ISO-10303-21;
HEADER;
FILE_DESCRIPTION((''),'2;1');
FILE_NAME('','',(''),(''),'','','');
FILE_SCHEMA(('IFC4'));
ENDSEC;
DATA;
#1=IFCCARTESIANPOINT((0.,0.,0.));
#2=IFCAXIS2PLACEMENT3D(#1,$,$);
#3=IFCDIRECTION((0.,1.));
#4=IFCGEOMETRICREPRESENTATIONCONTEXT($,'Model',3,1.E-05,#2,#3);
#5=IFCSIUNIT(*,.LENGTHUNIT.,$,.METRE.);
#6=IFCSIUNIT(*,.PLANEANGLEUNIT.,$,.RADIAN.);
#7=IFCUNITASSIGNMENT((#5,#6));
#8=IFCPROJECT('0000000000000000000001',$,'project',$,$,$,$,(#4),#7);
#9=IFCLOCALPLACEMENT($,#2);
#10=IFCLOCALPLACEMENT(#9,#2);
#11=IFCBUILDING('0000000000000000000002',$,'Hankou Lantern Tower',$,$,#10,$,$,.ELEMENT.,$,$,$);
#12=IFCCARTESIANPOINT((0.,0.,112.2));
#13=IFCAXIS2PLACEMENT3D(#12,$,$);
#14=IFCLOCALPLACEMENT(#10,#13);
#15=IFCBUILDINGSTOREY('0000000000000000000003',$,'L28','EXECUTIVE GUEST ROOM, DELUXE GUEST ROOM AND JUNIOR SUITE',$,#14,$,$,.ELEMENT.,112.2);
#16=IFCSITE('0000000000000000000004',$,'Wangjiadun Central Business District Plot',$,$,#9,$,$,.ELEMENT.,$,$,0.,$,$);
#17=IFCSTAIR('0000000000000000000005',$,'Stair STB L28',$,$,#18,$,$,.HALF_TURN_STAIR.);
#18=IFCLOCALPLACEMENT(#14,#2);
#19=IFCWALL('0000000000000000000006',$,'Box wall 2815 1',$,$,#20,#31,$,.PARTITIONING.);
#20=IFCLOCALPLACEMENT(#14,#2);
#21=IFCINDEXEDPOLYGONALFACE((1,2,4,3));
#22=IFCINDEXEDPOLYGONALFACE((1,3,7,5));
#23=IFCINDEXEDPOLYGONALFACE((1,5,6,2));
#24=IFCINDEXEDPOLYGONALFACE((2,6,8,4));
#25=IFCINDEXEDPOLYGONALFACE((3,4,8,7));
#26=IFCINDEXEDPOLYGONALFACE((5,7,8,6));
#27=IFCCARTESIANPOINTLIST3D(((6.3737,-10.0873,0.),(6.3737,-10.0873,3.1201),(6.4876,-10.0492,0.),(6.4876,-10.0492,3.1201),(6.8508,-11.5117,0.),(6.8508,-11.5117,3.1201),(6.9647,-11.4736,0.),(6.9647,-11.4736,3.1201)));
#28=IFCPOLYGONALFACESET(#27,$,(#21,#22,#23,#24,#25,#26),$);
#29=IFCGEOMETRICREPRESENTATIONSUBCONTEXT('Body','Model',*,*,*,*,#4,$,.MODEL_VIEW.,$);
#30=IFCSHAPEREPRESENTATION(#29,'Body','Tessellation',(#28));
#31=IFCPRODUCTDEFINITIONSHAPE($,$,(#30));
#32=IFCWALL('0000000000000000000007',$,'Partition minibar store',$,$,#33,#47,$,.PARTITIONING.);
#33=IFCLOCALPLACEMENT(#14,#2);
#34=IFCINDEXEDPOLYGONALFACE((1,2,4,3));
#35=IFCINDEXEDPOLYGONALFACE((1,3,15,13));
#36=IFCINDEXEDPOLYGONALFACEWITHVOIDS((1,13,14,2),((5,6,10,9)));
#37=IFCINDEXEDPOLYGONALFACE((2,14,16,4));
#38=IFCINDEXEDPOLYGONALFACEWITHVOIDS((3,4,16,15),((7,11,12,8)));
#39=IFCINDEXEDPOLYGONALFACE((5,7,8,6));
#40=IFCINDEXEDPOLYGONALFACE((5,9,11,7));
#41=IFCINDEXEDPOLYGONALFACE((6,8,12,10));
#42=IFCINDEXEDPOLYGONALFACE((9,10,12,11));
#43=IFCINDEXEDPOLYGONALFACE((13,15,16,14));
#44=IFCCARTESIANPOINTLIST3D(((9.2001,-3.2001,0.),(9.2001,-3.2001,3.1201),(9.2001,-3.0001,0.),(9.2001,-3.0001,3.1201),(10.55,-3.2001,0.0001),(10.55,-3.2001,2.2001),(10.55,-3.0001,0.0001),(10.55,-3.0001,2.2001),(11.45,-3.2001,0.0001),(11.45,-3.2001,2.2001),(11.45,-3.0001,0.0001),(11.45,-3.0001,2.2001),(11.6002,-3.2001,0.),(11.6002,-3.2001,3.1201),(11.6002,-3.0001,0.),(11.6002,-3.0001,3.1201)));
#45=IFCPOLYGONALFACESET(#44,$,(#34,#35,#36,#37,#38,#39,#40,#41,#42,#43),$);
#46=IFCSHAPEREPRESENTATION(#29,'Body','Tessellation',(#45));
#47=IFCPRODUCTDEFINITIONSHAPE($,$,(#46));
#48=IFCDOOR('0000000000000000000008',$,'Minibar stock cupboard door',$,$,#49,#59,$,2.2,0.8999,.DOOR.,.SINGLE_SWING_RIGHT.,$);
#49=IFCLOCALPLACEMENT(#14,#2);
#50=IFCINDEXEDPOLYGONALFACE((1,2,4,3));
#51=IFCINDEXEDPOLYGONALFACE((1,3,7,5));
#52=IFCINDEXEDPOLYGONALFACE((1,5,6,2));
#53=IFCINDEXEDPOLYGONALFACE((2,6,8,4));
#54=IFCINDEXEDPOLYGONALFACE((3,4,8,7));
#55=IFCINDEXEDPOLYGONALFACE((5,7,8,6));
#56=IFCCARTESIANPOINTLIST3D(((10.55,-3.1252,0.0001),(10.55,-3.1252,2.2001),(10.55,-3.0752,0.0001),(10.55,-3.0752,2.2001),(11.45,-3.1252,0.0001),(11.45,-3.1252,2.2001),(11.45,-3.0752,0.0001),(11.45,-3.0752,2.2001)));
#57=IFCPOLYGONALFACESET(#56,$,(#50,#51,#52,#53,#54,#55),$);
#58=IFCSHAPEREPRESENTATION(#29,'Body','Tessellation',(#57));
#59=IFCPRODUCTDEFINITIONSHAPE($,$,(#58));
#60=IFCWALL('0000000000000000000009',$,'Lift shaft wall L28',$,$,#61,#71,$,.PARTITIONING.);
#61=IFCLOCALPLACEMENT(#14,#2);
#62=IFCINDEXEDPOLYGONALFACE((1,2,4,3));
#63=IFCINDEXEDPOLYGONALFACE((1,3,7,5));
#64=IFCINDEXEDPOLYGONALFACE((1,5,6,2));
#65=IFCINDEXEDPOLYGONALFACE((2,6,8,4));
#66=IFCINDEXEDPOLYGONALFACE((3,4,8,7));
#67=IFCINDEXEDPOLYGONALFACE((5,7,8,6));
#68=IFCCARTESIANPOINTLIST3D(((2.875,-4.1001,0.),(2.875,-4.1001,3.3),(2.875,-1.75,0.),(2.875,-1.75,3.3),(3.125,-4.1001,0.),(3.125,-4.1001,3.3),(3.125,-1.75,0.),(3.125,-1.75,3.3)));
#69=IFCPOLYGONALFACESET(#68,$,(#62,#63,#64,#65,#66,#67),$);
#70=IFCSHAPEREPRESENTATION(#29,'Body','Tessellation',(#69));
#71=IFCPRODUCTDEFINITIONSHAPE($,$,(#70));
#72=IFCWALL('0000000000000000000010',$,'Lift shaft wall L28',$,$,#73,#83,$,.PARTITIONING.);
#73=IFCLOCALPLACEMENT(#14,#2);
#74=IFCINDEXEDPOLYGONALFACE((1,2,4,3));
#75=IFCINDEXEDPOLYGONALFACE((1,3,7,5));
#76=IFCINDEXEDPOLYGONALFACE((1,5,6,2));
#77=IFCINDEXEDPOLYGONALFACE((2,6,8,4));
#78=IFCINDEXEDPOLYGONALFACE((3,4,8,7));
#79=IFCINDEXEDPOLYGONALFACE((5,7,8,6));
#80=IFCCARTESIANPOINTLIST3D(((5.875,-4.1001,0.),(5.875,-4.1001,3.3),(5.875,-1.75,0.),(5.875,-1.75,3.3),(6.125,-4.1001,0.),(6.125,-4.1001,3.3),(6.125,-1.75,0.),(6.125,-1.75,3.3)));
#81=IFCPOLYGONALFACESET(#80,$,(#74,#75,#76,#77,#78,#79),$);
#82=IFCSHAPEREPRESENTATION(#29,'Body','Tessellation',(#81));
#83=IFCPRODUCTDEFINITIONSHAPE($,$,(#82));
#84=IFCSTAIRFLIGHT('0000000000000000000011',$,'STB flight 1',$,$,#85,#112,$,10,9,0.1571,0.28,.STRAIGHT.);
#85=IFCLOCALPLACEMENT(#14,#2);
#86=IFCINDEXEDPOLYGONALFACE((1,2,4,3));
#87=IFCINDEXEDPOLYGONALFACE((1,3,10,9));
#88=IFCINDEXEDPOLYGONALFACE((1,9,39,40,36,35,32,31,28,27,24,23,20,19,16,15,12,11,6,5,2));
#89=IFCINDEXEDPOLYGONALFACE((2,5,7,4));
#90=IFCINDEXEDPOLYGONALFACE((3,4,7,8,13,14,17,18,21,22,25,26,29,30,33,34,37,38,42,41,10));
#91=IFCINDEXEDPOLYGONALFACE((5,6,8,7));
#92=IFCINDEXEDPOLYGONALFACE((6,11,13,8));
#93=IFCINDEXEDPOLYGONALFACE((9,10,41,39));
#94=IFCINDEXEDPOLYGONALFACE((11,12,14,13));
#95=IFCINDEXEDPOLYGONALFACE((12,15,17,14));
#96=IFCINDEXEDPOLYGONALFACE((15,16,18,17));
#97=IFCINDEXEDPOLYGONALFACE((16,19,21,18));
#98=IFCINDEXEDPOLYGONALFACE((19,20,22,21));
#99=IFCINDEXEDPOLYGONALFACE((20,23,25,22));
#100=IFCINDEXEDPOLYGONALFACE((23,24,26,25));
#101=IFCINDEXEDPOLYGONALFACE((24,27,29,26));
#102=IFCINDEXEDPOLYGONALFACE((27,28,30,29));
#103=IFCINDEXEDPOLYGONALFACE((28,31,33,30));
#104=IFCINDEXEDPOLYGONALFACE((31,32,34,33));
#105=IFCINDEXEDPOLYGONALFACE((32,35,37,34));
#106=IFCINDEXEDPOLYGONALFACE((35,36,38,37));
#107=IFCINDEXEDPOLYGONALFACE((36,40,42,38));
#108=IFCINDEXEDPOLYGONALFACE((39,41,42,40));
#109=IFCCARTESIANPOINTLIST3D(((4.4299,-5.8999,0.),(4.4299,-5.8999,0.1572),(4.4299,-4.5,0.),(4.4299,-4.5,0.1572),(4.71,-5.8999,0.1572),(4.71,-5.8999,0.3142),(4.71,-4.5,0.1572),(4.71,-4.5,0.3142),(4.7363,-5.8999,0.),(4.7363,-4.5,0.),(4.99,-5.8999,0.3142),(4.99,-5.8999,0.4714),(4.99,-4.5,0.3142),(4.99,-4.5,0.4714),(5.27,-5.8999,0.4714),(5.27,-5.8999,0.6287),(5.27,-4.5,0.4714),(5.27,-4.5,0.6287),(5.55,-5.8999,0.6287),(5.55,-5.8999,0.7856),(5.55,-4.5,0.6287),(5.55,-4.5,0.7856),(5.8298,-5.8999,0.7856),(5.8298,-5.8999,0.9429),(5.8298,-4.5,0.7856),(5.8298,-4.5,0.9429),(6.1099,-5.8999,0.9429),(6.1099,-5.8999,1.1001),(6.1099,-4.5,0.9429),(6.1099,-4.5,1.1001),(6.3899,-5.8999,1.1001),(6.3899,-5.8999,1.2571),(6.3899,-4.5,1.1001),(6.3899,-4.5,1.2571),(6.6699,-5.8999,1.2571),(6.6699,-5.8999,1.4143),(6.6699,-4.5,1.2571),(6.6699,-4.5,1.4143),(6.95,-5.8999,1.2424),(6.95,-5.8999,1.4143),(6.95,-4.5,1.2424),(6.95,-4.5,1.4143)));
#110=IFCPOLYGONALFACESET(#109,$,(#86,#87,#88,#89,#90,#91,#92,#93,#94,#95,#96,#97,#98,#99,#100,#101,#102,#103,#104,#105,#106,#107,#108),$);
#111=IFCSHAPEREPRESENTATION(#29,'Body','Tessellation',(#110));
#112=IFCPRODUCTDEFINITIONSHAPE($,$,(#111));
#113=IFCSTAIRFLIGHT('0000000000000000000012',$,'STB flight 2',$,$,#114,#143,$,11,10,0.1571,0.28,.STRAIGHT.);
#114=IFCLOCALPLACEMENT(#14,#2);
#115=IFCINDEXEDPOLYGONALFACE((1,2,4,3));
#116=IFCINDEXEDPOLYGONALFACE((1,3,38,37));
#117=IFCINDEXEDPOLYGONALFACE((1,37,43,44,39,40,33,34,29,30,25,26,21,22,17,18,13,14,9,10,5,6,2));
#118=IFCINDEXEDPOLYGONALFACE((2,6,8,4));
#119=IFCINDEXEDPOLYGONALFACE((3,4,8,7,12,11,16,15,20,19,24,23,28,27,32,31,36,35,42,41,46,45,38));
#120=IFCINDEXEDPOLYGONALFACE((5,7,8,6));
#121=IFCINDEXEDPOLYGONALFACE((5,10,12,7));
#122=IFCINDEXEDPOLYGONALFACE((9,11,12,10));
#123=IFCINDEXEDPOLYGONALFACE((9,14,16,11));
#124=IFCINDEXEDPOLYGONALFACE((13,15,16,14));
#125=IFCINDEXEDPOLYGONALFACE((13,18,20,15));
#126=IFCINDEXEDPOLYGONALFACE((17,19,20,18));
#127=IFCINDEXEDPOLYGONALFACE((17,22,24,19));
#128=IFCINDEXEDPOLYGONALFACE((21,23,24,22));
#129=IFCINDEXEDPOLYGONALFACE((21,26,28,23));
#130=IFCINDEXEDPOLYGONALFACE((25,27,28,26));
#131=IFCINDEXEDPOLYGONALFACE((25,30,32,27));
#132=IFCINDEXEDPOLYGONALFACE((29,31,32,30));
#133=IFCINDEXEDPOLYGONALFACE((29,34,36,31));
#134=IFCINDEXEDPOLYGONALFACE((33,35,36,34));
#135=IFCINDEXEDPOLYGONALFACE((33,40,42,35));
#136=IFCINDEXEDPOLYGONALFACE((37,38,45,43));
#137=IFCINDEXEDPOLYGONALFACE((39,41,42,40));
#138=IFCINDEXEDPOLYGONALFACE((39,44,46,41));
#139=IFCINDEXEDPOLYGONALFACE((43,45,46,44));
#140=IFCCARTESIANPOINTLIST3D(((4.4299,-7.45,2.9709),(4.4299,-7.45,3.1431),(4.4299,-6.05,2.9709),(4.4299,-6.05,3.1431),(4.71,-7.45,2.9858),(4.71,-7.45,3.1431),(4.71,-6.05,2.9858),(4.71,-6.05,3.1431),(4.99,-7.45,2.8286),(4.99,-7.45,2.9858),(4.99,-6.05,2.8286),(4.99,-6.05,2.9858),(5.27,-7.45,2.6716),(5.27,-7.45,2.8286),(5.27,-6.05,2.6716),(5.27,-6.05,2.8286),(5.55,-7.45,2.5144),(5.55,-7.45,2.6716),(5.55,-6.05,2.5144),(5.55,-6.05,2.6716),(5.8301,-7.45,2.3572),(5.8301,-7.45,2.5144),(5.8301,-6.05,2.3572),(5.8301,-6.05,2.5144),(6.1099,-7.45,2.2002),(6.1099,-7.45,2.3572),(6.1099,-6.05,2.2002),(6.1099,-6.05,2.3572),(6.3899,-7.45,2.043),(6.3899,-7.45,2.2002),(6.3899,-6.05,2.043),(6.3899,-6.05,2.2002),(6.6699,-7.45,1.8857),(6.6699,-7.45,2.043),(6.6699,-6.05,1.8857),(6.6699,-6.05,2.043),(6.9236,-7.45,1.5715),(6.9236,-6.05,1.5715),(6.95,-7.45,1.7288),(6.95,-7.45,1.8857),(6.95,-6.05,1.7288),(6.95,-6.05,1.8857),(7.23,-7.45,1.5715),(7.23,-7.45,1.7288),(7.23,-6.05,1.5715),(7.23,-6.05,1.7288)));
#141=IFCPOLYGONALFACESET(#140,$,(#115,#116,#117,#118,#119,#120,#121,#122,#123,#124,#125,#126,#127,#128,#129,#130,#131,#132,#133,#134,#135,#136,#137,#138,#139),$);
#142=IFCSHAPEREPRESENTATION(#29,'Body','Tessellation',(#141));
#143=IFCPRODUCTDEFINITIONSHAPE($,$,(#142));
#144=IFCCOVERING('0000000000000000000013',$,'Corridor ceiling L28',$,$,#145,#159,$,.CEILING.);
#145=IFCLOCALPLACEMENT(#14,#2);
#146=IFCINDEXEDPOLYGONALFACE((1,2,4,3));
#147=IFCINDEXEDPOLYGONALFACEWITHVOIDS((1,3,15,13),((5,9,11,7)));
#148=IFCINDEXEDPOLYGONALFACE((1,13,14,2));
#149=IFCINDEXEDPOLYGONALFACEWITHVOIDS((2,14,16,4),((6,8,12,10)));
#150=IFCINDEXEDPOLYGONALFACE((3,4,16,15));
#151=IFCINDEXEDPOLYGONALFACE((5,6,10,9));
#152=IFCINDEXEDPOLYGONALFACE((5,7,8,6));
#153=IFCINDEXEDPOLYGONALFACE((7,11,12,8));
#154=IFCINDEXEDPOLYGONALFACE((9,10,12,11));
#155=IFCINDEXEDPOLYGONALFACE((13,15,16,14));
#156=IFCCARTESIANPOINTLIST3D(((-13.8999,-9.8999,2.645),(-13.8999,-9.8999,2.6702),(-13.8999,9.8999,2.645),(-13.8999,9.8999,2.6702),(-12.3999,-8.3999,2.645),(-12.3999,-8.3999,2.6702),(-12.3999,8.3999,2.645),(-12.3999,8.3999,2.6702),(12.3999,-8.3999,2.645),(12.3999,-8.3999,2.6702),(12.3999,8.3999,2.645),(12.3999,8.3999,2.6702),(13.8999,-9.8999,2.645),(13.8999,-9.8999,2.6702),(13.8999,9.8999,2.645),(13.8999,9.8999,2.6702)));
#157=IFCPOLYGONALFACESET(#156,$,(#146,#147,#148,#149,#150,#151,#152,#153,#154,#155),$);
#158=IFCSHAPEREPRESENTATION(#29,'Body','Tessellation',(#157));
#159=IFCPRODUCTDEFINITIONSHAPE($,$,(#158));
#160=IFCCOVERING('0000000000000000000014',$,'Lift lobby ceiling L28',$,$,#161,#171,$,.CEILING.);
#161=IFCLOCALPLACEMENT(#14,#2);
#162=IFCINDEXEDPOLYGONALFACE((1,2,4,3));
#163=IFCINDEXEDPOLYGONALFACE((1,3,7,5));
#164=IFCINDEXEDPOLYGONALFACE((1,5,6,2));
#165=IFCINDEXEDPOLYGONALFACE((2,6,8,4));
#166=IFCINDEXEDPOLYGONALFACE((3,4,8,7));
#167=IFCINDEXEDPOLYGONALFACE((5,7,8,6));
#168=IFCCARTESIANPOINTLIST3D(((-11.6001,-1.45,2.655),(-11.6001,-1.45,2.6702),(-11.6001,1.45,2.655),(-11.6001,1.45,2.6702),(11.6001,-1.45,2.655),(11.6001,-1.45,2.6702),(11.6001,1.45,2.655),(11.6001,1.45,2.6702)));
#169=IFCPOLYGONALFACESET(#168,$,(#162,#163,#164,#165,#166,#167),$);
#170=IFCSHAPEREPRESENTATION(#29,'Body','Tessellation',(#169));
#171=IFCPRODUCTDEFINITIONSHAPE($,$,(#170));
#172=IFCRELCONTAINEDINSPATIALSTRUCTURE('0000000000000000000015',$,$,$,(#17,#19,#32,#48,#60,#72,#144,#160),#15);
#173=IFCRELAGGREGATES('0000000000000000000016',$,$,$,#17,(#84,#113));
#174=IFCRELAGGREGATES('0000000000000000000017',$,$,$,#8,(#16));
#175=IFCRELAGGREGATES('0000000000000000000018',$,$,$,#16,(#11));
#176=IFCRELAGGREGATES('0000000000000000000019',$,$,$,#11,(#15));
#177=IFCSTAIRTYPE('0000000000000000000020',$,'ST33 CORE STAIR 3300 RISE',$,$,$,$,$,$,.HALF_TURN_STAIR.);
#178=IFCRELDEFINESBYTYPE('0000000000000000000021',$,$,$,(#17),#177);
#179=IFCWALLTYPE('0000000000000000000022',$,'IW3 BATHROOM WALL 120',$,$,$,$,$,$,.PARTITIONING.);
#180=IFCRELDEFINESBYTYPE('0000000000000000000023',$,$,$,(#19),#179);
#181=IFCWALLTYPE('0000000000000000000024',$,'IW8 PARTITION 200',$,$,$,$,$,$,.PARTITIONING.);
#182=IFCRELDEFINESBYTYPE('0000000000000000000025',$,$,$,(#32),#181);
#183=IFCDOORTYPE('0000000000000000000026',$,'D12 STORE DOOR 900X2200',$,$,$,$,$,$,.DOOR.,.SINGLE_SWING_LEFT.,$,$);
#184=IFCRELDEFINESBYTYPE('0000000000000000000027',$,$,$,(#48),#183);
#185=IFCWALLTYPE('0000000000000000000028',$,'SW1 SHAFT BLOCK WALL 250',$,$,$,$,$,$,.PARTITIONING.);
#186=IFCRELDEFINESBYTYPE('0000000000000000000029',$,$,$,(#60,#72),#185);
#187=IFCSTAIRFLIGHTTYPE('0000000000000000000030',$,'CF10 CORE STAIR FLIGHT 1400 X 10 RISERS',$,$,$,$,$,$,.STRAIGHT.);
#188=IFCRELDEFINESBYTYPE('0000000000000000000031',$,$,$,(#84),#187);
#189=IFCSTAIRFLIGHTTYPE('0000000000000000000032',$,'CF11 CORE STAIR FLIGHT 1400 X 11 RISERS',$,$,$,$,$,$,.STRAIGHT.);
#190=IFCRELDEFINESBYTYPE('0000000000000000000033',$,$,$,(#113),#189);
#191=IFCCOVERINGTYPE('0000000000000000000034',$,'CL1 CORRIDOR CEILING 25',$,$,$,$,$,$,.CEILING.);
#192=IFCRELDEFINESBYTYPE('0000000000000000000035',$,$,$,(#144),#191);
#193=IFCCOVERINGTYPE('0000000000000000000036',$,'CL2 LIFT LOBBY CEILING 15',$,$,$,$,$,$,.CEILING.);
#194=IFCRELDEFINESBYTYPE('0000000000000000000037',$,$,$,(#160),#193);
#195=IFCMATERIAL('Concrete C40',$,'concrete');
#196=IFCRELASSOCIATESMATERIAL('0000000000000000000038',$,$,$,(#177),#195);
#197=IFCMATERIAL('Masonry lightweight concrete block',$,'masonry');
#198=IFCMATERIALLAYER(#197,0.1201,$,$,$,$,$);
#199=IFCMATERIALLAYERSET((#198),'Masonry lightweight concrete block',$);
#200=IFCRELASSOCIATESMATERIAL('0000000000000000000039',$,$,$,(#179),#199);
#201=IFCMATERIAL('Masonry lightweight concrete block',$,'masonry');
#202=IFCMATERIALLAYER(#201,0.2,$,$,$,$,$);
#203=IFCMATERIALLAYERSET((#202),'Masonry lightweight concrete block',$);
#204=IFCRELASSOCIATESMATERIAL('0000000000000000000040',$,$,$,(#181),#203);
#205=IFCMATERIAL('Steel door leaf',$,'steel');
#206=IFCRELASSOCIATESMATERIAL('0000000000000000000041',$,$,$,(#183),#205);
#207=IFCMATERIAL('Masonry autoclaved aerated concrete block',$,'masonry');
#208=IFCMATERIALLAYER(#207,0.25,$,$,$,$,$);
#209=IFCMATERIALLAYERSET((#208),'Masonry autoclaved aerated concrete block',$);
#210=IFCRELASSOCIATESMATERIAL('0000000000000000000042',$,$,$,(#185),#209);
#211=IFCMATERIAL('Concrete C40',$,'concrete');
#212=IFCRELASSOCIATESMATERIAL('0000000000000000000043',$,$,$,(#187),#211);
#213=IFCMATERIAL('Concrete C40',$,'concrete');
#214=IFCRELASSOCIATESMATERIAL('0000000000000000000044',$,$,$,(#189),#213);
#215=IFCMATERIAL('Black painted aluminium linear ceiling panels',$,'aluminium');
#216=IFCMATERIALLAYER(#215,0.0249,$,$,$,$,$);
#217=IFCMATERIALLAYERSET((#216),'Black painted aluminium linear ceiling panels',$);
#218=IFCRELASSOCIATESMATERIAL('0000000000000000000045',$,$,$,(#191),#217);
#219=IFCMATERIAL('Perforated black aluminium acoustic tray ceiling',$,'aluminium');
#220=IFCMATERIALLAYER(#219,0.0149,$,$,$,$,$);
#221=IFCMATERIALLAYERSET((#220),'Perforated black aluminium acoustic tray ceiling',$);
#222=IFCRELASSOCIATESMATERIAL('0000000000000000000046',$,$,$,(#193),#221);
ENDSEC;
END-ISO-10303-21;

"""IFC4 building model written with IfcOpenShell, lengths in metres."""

from ifc_helpers import new_model, si_unit, direction, frame, frame_2d, origin, place, context, subcontext, project, spatial, polyline, rectangle, outline, extrude, material, layer, layer_set, type_object, element, fill, aggregate, save


model = new_model("IFC4")

# Units and contexts
model_context = context("Model", 3, precision=1e-05, world=origin(), true_north=direction((0.0, 1.0)))
body_context = subcontext(model_context, "Body", "Model", "MODEL_VIEW")
ifc_project = project(units=[si_unit("LENGTHUNIT", "METRE"), si_unit("PLANEANGLEUNIT", "RADIAN")], contexts=[model_context])

# Site, building, storey
site_placement = place(None, origin())
site = spatial("IfcSite", under=ifc_project, at=site_placement, Name="Wangjiadun Central Business District Plot", CompositionType="ELEMENT", RefElevation=0.0)
building_placement = place(site_placement, origin())
building = spatial("IfcBuilding", under=site, at=building_placement, Name="Hankou Lantern Tower", CompositionType="ELEMENT")
storey_placement = place(building_placement, frame((0.0, 0.0, 112.2)))
storey = spatial("IfcBuildingStorey", under=building, at=storey_placement, Name="L28", Description="EXECUTIVE GUEST ROOM, DELUXE GUEST ROOM AND JUNIOR SUITE", CompositionType="ELEMENT", Elevation=112.2)

# Stair
ifc_material_1 = material(Name="Concrete C40", Category="concrete")
stair_type = type_object("IfcStairType", Name="ST33 CORE STAIR 3300 RISE", PredefinedType="HALF_TURN_STAIR", material=ifc_material_1)
stair_1_placement = place(storey_placement, origin())
stair_1 = element("IfcStair", 1, at=stair_1_placement, inside=storey, type_object=stair_type, Name="Stair STB L28", PredefinedType="HALF_TURN_STAIR")

# Wall
ifc_material_2 = material(Name="Masonry lightweight concrete block", Category="masonry")
ifc_layer_1 = layer(ifc_material_2, 0.1201)
ifc_layer_set_1 = layer_set([ifc_layer_1], Name="Masonry lightweight concrete block")
wall_type_1 = type_object("IfcWallType", Name="IW3 BATHROOM WALL 120", PredefinedType="PARTITIONING", material=ifc_layer_set_1)
wall_1_placement = place(storey_placement, frame((6.4307, -10.0684, 0.0), z_axis=(0.0, 0.0, 1.0), x_axis=(0.317593, -0.948227, 0.0)))
element("IfcWall", 2, at=wall_1_placement, inside=storey, type_object=wall_type_1, Name="Box wall 2815 1", PredefinedType="PARTITIONING", context=body_context, shape_type="SweptSolid", body=[
    extrude(rectangle(XDim=1.5022, YDim=0.1201, at=frame_2d((0.751, 0.0))), origin(), (0.0, 0.0, 1.0), 3.1201),
])

# Wall, opening, door
ifc_material_3 = material(Name="Masonry lightweight concrete block", Category="masonry")
ifc_layer_2 = layer(ifc_material_3, 0.2)
ifc_layer_set_2 = layer_set([ifc_layer_2], Name="Masonry lightweight concrete block")
wall_type_2 = type_object("IfcWallType", Name="IW8 PARTITION 200", PredefinedType="PARTITIONING", material=ifc_layer_set_2)
wall_2_placement = place(storey_placement, frame((9.2, -3.1001, 0.0), z_axis=(0.0, 0.0, 1.0), x_axis=(1.0, 0.0, 0.0)))
wall_2 = element("IfcWall", 3, at=wall_2_placement, inside=storey, type_object=wall_type_2, Name="Partition minibar store", PredefinedType="PARTITIONING", context=body_context, shape_type="SweptSolid", body=[
    extrude(rectangle(XDim=2.4001, YDim=0.2, at=frame_2d((1.2002, 0.0))), origin(), (0.0, 0.0, 1.0), 3.1201),
])
opening_1_placement = place(wall_2_placement, frame((1.3501, 0.0, 0.0)))
opening_1 = element("IfcOpeningElement", 4, at=opening_1_placement, cuts=wall_2, PredefinedType="OPENING", context=body_context, shape_type="SweptSolid", body=[
    extrude(rectangle(XDim=0.8999, YDim=2.2, at=frame_2d((0.45, 1.1001))), frame((0.0, 0.1099, 0.0), z_axis=(0.0, -1.0, 0.0), x_axis=(1.0, 0.0, 0.0)), (0.0, 0.0, 1.0), 0.22),
])
ifc_material_4 = material(Name="Steel door leaf", Category="steel")
door_type_1 = type_object("IfcDoorType", Name="D12 STORE DOOR 900X2200", OperationType="SINGLE_SWING_LEFT", PredefinedType="DOOR", material=ifc_material_4)
door_1_placement = place(opening_1_placement, origin())
door_1 = element("IfcDoor", 5, at=door_1_placement, inside=storey, type_object=door_type_1, Name="Minibar stock cupboard door", OperationType="SINGLE_SWING_RIGHT", OverallHeight=2.2, OverallWidth=0.8999, PredefinedType="DOOR", context=body_context, shape_type="SweptSolid", body=[
    extrude(rectangle(XDim=0.8999, YDim=2.2, at=frame_2d((0.45, 1.1001))), frame((0.0, 0.0249, 0.0), z_axis=(0.0, -1.0, 0.0), x_axis=(1.0, 0.0, 0.0)), (0.0, 0.0, 1.0), 0.05),
])
fill(opening_1, door_1)

# Walls
ifc_material_5 = material(Name="Masonry autoclaved aerated concrete block", Category="masonry")
ifc_layer_3 = layer(ifc_material_5, 0.25)
ifc_layer_set_3 = layer_set([ifc_layer_3], Name="Masonry autoclaved aerated concrete block")
wall_type_3 = type_object("IfcWallType", Name="SW1 SHAFT BLOCK WALL 250", PredefinedType="PARTITIONING", material=ifc_layer_set_3)
for number, where, z_axis, x_axis, name in (
    (6, (3.0, -4.1001, 0.0), (0.0, 0.0, 1.0), (0.0, 1.0, 0.0), "Lift shaft wall L28"),
    (7, (6.0, -4.1001, 0.0), (0.0, 0.0, 1.0), (0.0, 1.0, 0.0), "Lift shaft wall L28"),
):
    element("IfcWall", number, at=place(storey_placement, frame(where, z_axis=z_axis, x_axis=x_axis)), inside=storey, type_object=wall_type_3, Name=name, PredefinedType="PARTITIONING", context=body_context, shape_type="SweptSolid", body=[
        extrude(rectangle(XDim=2.3501, YDim=0.25, at=frame_2d((1.175, 0.0))), origin(), (0.0, 0.0, 1.0), 3.3),
    ])

# Stair flights
ifc_material_6 = material(Name="Concrete C40", Category="concrete")
stair_flight_type_1 = type_object("IfcStairFlightType", Name="CF10 CORE STAIR FLIGHT 1400 X 10 RISERS", PredefinedType="STRAIGHT", material=ifc_material_6)
stair_flight_1_placement = place(storey_placement, frame((4.4299, -5.2, 0.0), z_axis=(0.0, 0.0, 1.0), x_axis=(1.0, 0.0, 0.0)))
stair_flight_1 = element("IfcStairFlight", 8, at=stair_flight_1_placement, type_object=stair_flight_type_1, Name="STB flight 1", NumberOfRisers=10, NumberOfTreads=9, PredefinedType="STRAIGHT", RiserHeight=0.1571, TreadLength=0.28, context=body_context, shape_type="SweptSolid", body=[
    extrude(outline(polyline([(0.0, 0.0), (0.0, 0.1572), (0.28, 0.1572), (0.28, 0.3142), (0.5601, 0.3142), (0.5601, 0.4714), (0.8401, 0.4714), (0.8401, 0.6287), (1.1201, 0.6287), (1.1201, 0.7856), (1.3999, 0.7856), (1.3999, 0.9429), (1.6799, 0.9429), (1.6799, 1.1001), (1.96, 1.1001), (1.96, 1.2571), (2.24, 1.2571), (2.24, 1.4143), (2.52, 1.4143), (2.52, 1.5715), (2.52, 1.2424), (0.3064, 0.0), (0.0, 0.0)])), frame((0.0, 0.7, 0.0), z_axis=(0.0, -1.0, 0.0), x_axis=(1.0, 0.0, 0.0)), (0.0, 0.0, 1.0), 1.3999),
])
ifc_material_7 = material(Name="Concrete C40", Category="concrete")
stair_flight_type_2 = type_object("IfcStairFlightType", Name="CF11 CORE STAIR FLIGHT 1400 X 11 RISERS", PredefinedType="STRAIGHT", material=ifc_material_7)
stair_flight_2_placement = place(storey_placement, frame((7.23, -6.75, 1.5715), z_axis=(0.0, 0.0, 1.0), x_axis=(-1.0, 0.0, 0.0)))
stair_flight_2 = element("IfcStairFlight", 9, at=stair_flight_2_placement, type_object=stair_flight_type_2, Name="STB flight 2", NumberOfRisers=11, NumberOfTreads=10, PredefinedType="STRAIGHT", RiserHeight=0.1571, TreadLength=0.28, context=body_context, shape_type="SweptSolid", body=[
    extrude(outline(polyline([(0.0, 0.0), (0.0, 0.1572), (0.28, 0.1572), (0.28, 0.3142), (0.5601, 0.3142), (0.5601, 0.4714), (0.8401, 0.4714), (0.8401, 0.6287), (1.1201, 0.6287), (1.1201, 0.7856), (1.3999, 0.7856), (1.3999, 0.9429), (1.6799, 0.9429), (1.6799, 1.1001), (1.96, 1.1001), (1.96, 1.2571), (2.24, 1.2571), (2.24, 1.4143), (2.52, 1.4143), (2.52, 1.5715), (2.8, 1.5715), (2.8, 1.7285), (2.8, 1.3994), (0.3064, 0.0), (0.0, 0.0)])), frame((0.0, 0.7, 0.0), z_axis=(0.0, -1.0, 0.0), x_axis=(1.0, 0.0, 0.0)), (0.0, 0.0, 1.0), 1.3999),
])
aggregate(stair_1, [stair_flight_1, stair_flight_2])

# Coverings
ifc_material_8 = material(Name="Black painted aluminium linear ceiling panels", Category="aluminium")
ifc_layer_4 = layer(ifc_material_8, 0.0249)
ifc_layer_set_4 = layer_set([ifc_layer_4], Name="Black painted aluminium linear ceiling panels")
covering_type_1 = type_object("IfcCoveringType", Name="CL1 CORRIDOR CEILING 25", PredefinedType="CEILING", material=ifc_layer_set_4)
covering_1_placement = place(storey_placement, frame((0.0, 0.0, 2.645)))
element("IfcCovering", 10, at=covering_1_placement, inside=storey, type_object=covering_type_1, Name="Corridor ceiling L28", PredefinedType="CEILING", context=body_context, shape_type="SweptSolid", body=[
    extrude(outline(polyline([(-13.8999, -9.8999), (13.8999, -9.8999), (13.8999, 9.8999), (-13.8999, 9.8999), (-13.8999, -9.8999)]), holes=[polyline([(-12.3999, 8.3999), (12.3999, 8.3999), (12.3999, -8.3999), (-12.3999, -8.3999), (-12.3999, 8.3999)])]), origin(), (0.0, 0.0, 1.0), 0.0251),
])
ifc_material_9 = material(Name="Perforated black aluminium acoustic tray ceiling", Category="aluminium")
ifc_layer_5 = layer(ifc_material_9, 0.0149)
ifc_layer_set_5 = layer_set([ifc_layer_5], Name="Perforated black aluminium acoustic tray ceiling")
covering_type_2 = type_object("IfcCoveringType", Name="CL2 LIFT LOBBY CEILING 15", PredefinedType="CEILING", material=ifc_layer_set_5)
covering_2_placement = place(storey_placement, frame((0.0, 0.0, 2.655)))
element("IfcCovering", 11, at=covering_2_placement, inside=storey, type_object=covering_type_2, Name="Lift lobby ceiling L28", PredefinedType="CEILING", context=body_context, shape_type="SweptSolid", body=[
    extrude(outline(polyline([(-11.6001, -1.45), (11.6001, -1.45), (11.6001, 1.45), (-11.6001, 1.45), (-11.6001, -1.45)])), origin(), (0.0, 0.0, 1.0), 0.0151),
])

save(model, "model.ifc")
